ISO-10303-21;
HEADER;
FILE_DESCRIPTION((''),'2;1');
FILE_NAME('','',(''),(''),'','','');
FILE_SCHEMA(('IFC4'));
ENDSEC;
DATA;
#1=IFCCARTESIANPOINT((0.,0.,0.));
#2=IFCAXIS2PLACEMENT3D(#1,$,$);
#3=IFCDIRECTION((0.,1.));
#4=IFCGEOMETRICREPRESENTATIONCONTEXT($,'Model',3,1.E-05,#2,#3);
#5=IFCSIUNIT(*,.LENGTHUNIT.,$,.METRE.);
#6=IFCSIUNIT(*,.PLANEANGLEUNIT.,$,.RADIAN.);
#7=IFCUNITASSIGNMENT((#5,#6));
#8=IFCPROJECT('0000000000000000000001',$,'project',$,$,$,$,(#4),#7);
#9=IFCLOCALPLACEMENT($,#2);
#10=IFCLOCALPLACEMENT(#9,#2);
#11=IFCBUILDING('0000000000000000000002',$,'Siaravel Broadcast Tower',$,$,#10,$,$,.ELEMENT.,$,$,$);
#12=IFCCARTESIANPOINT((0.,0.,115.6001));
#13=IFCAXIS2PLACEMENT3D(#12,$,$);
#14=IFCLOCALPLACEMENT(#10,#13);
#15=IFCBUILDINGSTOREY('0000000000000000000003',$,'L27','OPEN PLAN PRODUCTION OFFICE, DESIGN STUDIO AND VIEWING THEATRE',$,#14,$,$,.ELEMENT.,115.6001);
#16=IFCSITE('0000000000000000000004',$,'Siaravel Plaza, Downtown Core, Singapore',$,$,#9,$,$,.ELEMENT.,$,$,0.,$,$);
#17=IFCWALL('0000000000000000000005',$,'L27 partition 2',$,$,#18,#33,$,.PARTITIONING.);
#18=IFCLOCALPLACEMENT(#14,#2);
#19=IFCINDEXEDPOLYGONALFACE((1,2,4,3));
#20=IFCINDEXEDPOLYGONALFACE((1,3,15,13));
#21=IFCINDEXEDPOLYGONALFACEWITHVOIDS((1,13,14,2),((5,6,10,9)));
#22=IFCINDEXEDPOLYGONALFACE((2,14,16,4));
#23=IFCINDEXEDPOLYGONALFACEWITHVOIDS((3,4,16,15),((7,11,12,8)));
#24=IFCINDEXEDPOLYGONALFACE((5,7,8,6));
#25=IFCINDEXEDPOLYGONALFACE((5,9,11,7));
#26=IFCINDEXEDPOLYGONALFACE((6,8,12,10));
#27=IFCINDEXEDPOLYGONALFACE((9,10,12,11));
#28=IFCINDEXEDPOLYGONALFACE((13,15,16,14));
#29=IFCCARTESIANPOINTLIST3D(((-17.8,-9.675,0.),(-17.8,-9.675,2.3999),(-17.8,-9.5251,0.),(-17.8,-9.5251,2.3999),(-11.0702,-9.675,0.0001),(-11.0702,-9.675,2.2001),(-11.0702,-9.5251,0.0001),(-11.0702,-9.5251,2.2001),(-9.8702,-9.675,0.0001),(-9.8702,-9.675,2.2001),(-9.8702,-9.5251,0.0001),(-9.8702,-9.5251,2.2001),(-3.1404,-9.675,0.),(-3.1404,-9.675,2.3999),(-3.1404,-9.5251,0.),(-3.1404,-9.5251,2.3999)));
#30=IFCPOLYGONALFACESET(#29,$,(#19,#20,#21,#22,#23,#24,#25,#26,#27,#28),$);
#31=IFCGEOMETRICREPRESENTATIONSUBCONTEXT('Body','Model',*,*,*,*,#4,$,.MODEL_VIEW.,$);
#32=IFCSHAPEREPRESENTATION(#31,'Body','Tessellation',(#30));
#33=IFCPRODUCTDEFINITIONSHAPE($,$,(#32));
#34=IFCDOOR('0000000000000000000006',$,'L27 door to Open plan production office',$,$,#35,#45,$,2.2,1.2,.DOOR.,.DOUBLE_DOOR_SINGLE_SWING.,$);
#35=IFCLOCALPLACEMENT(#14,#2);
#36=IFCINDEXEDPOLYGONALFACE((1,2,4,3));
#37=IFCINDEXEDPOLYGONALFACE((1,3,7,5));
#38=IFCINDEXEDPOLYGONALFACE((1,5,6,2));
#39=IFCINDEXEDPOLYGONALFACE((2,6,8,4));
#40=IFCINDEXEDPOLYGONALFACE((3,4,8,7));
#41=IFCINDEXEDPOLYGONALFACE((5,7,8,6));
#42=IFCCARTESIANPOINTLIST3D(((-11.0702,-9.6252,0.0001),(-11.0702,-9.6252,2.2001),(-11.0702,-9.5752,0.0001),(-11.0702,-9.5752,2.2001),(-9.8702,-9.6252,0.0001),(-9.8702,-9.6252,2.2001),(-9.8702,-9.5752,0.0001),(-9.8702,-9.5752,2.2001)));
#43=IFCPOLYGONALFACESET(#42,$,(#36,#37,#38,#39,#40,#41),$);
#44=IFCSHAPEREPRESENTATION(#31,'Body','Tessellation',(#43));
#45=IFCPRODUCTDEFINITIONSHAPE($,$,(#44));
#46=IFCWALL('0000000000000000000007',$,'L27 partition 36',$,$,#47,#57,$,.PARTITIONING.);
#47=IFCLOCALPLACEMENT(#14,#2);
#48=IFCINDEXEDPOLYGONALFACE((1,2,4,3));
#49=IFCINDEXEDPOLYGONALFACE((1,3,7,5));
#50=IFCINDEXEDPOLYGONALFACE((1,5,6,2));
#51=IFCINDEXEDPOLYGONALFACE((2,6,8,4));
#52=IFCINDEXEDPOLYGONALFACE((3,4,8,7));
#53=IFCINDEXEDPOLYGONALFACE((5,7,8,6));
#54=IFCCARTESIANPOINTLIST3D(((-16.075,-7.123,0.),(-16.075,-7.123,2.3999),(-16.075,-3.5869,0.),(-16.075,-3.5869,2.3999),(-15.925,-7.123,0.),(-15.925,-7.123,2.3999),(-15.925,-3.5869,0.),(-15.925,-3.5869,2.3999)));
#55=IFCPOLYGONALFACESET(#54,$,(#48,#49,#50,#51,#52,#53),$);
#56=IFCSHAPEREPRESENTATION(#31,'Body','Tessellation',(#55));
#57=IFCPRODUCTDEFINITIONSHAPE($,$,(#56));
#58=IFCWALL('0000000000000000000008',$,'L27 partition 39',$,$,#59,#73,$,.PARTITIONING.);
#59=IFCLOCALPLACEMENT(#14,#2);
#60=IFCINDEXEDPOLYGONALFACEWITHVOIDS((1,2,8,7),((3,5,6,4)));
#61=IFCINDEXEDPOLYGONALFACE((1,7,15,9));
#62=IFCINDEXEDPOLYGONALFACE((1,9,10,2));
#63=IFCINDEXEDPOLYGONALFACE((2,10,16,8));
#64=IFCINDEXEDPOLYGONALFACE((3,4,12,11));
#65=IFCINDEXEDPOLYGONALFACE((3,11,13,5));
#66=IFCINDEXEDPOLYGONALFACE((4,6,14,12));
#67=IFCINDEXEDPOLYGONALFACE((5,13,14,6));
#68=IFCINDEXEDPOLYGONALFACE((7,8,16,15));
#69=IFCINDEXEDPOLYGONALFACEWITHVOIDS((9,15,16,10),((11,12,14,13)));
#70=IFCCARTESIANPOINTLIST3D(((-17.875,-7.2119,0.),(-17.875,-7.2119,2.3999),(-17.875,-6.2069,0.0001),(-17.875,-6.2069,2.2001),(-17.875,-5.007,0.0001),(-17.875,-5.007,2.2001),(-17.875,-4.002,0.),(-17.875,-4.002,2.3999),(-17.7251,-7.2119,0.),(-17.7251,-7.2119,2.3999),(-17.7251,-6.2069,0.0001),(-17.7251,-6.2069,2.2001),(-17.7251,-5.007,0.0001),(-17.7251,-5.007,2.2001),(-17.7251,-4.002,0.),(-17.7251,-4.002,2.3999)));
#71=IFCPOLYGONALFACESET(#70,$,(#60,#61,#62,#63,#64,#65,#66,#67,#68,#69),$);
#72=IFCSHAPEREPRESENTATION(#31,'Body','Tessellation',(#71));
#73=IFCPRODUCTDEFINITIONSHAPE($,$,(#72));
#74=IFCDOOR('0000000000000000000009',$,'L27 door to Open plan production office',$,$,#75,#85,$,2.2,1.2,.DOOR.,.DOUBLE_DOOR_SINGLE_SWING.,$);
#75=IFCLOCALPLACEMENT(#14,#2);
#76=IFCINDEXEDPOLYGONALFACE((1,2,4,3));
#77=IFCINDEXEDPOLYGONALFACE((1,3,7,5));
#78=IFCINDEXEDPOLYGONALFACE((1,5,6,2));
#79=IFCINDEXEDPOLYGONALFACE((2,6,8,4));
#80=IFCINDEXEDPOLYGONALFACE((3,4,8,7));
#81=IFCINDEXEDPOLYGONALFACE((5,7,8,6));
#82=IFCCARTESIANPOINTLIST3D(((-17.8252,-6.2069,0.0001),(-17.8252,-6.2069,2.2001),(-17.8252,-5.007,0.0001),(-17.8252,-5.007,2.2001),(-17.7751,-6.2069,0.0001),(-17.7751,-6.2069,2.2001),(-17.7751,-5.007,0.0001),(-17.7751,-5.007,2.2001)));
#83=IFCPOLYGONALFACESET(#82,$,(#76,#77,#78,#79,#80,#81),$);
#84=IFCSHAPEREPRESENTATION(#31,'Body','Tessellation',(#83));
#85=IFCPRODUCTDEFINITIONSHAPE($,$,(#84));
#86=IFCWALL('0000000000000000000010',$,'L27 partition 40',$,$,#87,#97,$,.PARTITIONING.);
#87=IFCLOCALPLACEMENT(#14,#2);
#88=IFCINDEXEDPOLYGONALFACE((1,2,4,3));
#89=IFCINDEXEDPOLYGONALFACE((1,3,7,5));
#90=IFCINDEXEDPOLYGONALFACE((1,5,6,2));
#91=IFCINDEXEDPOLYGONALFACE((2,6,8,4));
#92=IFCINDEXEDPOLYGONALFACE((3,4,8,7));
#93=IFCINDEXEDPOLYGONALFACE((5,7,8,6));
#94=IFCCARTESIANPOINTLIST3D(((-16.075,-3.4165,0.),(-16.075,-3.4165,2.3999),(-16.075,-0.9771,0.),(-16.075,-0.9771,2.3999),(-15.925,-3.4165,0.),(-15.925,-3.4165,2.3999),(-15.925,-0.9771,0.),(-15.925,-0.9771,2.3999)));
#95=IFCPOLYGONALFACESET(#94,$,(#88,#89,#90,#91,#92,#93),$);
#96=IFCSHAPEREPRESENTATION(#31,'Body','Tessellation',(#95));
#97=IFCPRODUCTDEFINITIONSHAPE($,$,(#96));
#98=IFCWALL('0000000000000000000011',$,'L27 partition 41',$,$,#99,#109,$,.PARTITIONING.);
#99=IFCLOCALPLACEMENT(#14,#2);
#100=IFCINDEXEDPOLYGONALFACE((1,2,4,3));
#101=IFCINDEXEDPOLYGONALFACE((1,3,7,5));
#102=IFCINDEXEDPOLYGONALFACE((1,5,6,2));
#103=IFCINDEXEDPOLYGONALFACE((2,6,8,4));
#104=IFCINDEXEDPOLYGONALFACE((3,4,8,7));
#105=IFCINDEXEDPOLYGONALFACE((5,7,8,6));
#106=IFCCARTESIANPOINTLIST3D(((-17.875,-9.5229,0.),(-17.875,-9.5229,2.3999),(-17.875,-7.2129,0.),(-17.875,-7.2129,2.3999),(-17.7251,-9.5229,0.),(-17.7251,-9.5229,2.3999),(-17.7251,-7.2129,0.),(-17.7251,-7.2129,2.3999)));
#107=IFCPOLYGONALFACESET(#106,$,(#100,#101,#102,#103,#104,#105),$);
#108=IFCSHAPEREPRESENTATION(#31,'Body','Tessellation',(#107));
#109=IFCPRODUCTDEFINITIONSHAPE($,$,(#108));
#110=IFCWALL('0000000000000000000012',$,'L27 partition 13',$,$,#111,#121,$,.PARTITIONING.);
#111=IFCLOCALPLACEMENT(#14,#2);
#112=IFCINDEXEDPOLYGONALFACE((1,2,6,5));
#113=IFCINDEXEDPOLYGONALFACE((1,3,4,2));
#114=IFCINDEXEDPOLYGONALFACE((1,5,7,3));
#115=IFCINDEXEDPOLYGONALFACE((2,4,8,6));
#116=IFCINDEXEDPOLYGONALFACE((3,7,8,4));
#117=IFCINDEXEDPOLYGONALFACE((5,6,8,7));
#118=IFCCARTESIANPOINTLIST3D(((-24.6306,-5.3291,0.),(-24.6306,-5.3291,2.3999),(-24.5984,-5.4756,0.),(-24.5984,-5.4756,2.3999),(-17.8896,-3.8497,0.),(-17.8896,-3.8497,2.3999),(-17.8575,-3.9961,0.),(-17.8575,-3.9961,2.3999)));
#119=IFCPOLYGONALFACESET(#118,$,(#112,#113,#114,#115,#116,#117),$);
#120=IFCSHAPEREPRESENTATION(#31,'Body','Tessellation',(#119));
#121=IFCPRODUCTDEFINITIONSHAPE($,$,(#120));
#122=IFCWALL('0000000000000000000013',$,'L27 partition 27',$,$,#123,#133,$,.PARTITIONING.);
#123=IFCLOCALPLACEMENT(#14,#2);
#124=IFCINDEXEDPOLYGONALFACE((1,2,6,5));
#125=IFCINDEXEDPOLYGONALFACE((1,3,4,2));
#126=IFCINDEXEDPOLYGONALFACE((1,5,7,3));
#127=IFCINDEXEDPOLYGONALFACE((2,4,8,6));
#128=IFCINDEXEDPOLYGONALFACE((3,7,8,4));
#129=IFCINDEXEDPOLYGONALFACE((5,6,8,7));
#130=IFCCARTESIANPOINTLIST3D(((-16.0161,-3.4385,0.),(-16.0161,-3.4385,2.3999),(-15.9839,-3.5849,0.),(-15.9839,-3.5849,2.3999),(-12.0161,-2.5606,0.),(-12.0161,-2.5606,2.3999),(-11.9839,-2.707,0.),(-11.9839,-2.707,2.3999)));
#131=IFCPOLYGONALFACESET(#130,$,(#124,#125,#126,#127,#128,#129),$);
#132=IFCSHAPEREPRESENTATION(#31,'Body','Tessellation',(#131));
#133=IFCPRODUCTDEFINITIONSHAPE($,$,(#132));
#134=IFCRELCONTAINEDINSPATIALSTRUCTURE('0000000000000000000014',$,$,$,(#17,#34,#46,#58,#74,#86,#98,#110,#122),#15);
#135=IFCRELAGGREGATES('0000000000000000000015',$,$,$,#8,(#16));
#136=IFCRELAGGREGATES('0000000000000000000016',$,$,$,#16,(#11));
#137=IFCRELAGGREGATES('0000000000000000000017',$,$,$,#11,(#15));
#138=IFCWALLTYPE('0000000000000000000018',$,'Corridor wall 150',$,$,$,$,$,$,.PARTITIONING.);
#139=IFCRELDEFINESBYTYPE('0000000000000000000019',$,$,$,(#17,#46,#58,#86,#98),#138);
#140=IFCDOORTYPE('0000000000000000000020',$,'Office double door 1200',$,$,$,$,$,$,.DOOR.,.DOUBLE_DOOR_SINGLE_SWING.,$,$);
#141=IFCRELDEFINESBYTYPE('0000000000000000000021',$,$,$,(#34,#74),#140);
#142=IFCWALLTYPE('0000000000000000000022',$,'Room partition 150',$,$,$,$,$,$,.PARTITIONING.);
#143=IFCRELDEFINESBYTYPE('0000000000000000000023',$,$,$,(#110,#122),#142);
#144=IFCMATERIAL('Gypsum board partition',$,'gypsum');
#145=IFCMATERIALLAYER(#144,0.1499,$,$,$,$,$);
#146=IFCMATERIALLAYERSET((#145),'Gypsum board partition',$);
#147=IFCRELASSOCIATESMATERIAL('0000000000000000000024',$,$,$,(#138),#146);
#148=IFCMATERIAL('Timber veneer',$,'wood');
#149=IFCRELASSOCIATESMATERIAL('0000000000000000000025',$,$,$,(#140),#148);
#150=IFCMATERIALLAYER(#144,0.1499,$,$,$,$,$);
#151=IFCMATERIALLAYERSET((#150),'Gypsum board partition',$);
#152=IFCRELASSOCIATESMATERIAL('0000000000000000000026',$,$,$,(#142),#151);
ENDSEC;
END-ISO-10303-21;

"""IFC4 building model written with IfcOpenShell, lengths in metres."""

from ifc_helpers import new_model, si_unit, direction, frame, frame_2d, origin, place, context, subcontext, project, spatial, rectangle, extrude, material, layer, layer_set, type_object, element, fill, save


model = new_model("IFC4")

# Units and contexts
model_context = context("Model", 3, precision=1e-05, world=origin(), true_north=direction((0.0, 1.0)))
body_context = subcontext(model_context, "Body", "Model", "MODEL_VIEW")
ifc_project = project(units=[si_unit("LENGTHUNIT", "METRE"), si_unit("PLANEANGLEUNIT", "RADIAN")], contexts=[model_context])

# Site, building, storey
site_placement = place(None, origin())
site = spatial("IfcSite", under=ifc_project, at=site_placement, Name="Siaravel Plaza, Downtown Core, Singapore", CompositionType="ELEMENT", RefElevation=0.0)
building_placement = place(site_placement, origin())
building = spatial("IfcBuilding", under=site, at=building_placement, Name="Siaravel Broadcast Tower", CompositionType="ELEMENT")
storey_placement = place(building_placement, frame((0.0, 0.0, 115.6001)))
storey = spatial("IfcBuildingStorey", under=building, at=storey_placement, Name="L27", Description="OPEN PLAN PRODUCTION OFFICE, DESIGN STUDIO AND VIEWING THEATRE", CompositionType="ELEMENT", Elevation=115.6001)

# Wall, opening, door
ifc_material_1 = material(Name="Gypsum board partition", Category="gypsum")
ifc_layer_1 = layer(ifc_material_1, 0.1499)
ifc_layer_set_1 = layer_set([ifc_layer_1], Name="Gypsum board partition")
wall_type_1 = type_object("IfcWallType", Name="Corridor wall 150", PredefinedType="PARTITIONING", material=ifc_layer_set_1)
wall_1_placement = place(storey_placement, frame((-17.8, -9.6001, 0.0), z_axis=(0.0, 0.0, 1.0), x_axis=(1.0, 0.0, 0.0)))
wall_1 = element("IfcWall", 1, at=wall_1_placement, inside=storey, type_object=wall_type_1, Name="L27 partition 2", PredefinedType="PARTITIONING", context=body_context, shape_type="SweptSolid", body=[
    extrude(rectangle(XDim=14.6597, YDim=0.1499, at=frame_2d((7.3298, 0.0))), origin(), (0.0, 0.0, 1.0), 2.3999),
])
opening_1_placement = place(wall_1_placement, frame((6.7297, 0.0, 0.0)))
opening_1 = element("IfcOpeningElement", 2, at=opening_1_placement, cuts=wall_1, PredefinedType="OPENING", context=body_context, shape_type="SweptSolid", body=[
    extrude(rectangle(XDim=1.2, YDim=2.2, at=frame_2d((0.6001, 1.1001))), frame((0.0, 0.085, 0.0), z_axis=(0.0, -1.0, 0.0), x_axis=(1.0, 0.0, 0.0)), (0.0, 0.0, 1.0), 0.1699),
])
ifc_material_2 = material(Name="Timber veneer", Category="wood")
door_type = type_object("IfcDoorType", Name="Office double door 1200", OperationType="DOUBLE_DOOR_SINGLE_SWING", PredefinedType="DOOR", material=ifc_material_2)
door_1_placement = place(opening_1_placement, origin())
door_1 = element("IfcDoor", 3, at=door_1_placement, inside=storey, type_object=door_type, Name="L27 door to Open plan production office", OperationType="DOUBLE_DOOR_SINGLE_SWING", OverallHeight=2.2, OverallWidth=1.2, PredefinedType="DOOR", context=body_context, shape_type="SweptSolid", body=[
    extrude(rectangle(XDim=1.2, YDim=2.2, at=frame_2d((0.6001, 1.1001))), frame((0.0, 0.0249, 0.0), z_axis=(0.0, -1.0, 0.0), x_axis=(1.0, 0.0, 0.0)), (0.0, 0.0, 1.0), 0.05),
])
fill(opening_1, door_1)

# Wall
wall_2_placement = place(storey_placement, frame((-16.0, -7.123, 0.0), z_axis=(0.0, 0.0, 1.0), x_axis=(0.0, 1.0, 0.0)))
element("IfcWall", 4, at=wall_2_placement, inside=storey, type_object=wall_type_1, Name="L27 partition 36", PredefinedType="PARTITIONING", context=body_context, shape_type="SweptSolid", body=[
    extrude(rectangle(XDim=3.5361, YDim=0.1499, at=frame_2d((1.7681, 0.0))), origin(), (0.0, 0.0, 1.0), 2.3999),
])

# Wall, opening, door
wall_3_placement = place(storey_placement, frame((-17.8, -4.002, 0.0), z_axis=(0.0, 0.0, 1.0), x_axis=(0.0, -1.0, 0.0)))
wall_3 = element("IfcWall", 5, at=wall_3_placement, inside=storey, type_object=wall_type_1, Name="L27 partition 39", PredefinedType="PARTITIONING", context=body_context, shape_type="SweptSolid", body=[
    extrude(rectangle(XDim=3.21, YDim=0.1499, at=frame_2d((1.605, 0.0))), origin(), (0.0, 0.0, 1.0), 2.3999),
])
opening_2_placement = place(wall_3_placement, frame((1.0049, 0.0, 0.0)))
opening_2 = element("IfcOpeningElement", 6, at=opening_2_placement, cuts=wall_3, PredefinedType="OPENING", context=body_context, shape_type="SweptSolid", body=[
    extrude(rectangle(XDim=1.2, YDim=2.2, at=frame_2d((0.6001, 1.1001))), frame((0.0, 0.085, 0.0), z_axis=(0.0, -1.0, 0.0), x_axis=(1.0, 0.0, 0.0)), (0.0, 0.0, 1.0), 0.1699),
])
door_2_placement = place(opening_2_placement, origin())
door_2 = element("IfcDoor", 7, at=door_2_placement, inside=storey, type_object=door_type, Name="L27 door to Open plan production office", OperationType="DOUBLE_DOOR_SINGLE_SWING", OverallHeight=2.2, OverallWidth=1.2, PredefinedType="DOOR", context=body_context, shape_type="SweptSolid", body=[
    extrude(rectangle(XDim=1.2, YDim=2.2, at=frame_2d((0.6001, 1.1001))), frame((0.0, 0.0249, 0.0), z_axis=(0.0, -1.0, 0.0), x_axis=(1.0, 0.0, 0.0)), (0.0, 0.0, 1.0), 0.05),
])
fill(opening_2, door_2)

# Walls
wall_4_placement = place(storey_placement, frame((-16.0, -3.4165, 0.0), z_axis=(0.0, 0.0, 1.0), x_axis=(0.0, 1.0, 0.0)))
element("IfcWall", 8, at=wall_4_placement, inside=storey, type_object=wall_type_1, Name="L27 partition 40", PredefinedType="PARTITIONING", context=body_context, shape_type="SweptSolid", body=[
    extrude(rectangle(XDim=2.4395, YDim=0.1499, at=frame_2d((1.2197, 0.0))), origin(), (0.0, 0.0, 1.0), 2.3999),
])
wall_5_placement = place(storey_placement, frame((-17.8, -7.2129, 0.0), z_axis=(0.0, 0.0, 1.0), x_axis=(0.0, -1.0, 0.0)))
element("IfcWall", 9, at=wall_5_placement, inside=storey, type_object=wall_type_1, Name="L27 partition 41", PredefinedType="PARTITIONING", context=body_context, shape_type="SweptSolid", body=[
    extrude(rectangle(XDim=2.3101, YDim=0.1499, at=frame_2d((1.155, 0.0))), origin(), (0.0, 0.0, 1.0), 2.3999),
])
ifc_layer_2 = layer(ifc_material_1, 0.1499)
ifc_layer_set_2 = layer_set([ifc_layer_2], Name="Gypsum board partition")
wall_type_2 = type_object("IfcWallType", Name="Room partition 150", PredefinedType="PARTITIONING", material=ifc_layer_set_2)
wall_6_placement = place(storey_placement, frame((-24.6145, -5.4023, 0.0), z_axis=(0.0, 0.0, 1.0), x_axis=(0.976751, 0.214375, 0.0)))
element("IfcWall", 10, at=wall_6_placement, inside=storey, type_object=wall_type_2, Name="L27 partition 13", PredefinedType="PARTITIONING", context=body_context, shape_type="SweptSolid", body=[
    extrude(rectangle(XDim=6.9014, YDim=0.1499, at=frame_2d((3.4507, 0.0))), origin(), (0.0, 0.0, 1.0), 2.3999),
])
wall_7_placement = place(storey_placement, frame((-16.0, -3.5117, 0.0), z_axis=(0.0, 0.0, 1.0), x_axis=(0.97675, 0.21438, 0.0)))
element("IfcWall", 11, at=wall_7_placement, inside=storey, type_object=wall_type_2, Name="L27 partition 27", PredefinedType="PARTITIONING", context=body_context, shape_type="SweptSolid", body=[
    extrude(rectangle(XDim=4.0952, YDim=0.1499, at=frame_2d((2.0476, 0.0))), origin(), (0.0, 0.0, 1.0), 2.3999),
])

save(model, "model.ifc")
